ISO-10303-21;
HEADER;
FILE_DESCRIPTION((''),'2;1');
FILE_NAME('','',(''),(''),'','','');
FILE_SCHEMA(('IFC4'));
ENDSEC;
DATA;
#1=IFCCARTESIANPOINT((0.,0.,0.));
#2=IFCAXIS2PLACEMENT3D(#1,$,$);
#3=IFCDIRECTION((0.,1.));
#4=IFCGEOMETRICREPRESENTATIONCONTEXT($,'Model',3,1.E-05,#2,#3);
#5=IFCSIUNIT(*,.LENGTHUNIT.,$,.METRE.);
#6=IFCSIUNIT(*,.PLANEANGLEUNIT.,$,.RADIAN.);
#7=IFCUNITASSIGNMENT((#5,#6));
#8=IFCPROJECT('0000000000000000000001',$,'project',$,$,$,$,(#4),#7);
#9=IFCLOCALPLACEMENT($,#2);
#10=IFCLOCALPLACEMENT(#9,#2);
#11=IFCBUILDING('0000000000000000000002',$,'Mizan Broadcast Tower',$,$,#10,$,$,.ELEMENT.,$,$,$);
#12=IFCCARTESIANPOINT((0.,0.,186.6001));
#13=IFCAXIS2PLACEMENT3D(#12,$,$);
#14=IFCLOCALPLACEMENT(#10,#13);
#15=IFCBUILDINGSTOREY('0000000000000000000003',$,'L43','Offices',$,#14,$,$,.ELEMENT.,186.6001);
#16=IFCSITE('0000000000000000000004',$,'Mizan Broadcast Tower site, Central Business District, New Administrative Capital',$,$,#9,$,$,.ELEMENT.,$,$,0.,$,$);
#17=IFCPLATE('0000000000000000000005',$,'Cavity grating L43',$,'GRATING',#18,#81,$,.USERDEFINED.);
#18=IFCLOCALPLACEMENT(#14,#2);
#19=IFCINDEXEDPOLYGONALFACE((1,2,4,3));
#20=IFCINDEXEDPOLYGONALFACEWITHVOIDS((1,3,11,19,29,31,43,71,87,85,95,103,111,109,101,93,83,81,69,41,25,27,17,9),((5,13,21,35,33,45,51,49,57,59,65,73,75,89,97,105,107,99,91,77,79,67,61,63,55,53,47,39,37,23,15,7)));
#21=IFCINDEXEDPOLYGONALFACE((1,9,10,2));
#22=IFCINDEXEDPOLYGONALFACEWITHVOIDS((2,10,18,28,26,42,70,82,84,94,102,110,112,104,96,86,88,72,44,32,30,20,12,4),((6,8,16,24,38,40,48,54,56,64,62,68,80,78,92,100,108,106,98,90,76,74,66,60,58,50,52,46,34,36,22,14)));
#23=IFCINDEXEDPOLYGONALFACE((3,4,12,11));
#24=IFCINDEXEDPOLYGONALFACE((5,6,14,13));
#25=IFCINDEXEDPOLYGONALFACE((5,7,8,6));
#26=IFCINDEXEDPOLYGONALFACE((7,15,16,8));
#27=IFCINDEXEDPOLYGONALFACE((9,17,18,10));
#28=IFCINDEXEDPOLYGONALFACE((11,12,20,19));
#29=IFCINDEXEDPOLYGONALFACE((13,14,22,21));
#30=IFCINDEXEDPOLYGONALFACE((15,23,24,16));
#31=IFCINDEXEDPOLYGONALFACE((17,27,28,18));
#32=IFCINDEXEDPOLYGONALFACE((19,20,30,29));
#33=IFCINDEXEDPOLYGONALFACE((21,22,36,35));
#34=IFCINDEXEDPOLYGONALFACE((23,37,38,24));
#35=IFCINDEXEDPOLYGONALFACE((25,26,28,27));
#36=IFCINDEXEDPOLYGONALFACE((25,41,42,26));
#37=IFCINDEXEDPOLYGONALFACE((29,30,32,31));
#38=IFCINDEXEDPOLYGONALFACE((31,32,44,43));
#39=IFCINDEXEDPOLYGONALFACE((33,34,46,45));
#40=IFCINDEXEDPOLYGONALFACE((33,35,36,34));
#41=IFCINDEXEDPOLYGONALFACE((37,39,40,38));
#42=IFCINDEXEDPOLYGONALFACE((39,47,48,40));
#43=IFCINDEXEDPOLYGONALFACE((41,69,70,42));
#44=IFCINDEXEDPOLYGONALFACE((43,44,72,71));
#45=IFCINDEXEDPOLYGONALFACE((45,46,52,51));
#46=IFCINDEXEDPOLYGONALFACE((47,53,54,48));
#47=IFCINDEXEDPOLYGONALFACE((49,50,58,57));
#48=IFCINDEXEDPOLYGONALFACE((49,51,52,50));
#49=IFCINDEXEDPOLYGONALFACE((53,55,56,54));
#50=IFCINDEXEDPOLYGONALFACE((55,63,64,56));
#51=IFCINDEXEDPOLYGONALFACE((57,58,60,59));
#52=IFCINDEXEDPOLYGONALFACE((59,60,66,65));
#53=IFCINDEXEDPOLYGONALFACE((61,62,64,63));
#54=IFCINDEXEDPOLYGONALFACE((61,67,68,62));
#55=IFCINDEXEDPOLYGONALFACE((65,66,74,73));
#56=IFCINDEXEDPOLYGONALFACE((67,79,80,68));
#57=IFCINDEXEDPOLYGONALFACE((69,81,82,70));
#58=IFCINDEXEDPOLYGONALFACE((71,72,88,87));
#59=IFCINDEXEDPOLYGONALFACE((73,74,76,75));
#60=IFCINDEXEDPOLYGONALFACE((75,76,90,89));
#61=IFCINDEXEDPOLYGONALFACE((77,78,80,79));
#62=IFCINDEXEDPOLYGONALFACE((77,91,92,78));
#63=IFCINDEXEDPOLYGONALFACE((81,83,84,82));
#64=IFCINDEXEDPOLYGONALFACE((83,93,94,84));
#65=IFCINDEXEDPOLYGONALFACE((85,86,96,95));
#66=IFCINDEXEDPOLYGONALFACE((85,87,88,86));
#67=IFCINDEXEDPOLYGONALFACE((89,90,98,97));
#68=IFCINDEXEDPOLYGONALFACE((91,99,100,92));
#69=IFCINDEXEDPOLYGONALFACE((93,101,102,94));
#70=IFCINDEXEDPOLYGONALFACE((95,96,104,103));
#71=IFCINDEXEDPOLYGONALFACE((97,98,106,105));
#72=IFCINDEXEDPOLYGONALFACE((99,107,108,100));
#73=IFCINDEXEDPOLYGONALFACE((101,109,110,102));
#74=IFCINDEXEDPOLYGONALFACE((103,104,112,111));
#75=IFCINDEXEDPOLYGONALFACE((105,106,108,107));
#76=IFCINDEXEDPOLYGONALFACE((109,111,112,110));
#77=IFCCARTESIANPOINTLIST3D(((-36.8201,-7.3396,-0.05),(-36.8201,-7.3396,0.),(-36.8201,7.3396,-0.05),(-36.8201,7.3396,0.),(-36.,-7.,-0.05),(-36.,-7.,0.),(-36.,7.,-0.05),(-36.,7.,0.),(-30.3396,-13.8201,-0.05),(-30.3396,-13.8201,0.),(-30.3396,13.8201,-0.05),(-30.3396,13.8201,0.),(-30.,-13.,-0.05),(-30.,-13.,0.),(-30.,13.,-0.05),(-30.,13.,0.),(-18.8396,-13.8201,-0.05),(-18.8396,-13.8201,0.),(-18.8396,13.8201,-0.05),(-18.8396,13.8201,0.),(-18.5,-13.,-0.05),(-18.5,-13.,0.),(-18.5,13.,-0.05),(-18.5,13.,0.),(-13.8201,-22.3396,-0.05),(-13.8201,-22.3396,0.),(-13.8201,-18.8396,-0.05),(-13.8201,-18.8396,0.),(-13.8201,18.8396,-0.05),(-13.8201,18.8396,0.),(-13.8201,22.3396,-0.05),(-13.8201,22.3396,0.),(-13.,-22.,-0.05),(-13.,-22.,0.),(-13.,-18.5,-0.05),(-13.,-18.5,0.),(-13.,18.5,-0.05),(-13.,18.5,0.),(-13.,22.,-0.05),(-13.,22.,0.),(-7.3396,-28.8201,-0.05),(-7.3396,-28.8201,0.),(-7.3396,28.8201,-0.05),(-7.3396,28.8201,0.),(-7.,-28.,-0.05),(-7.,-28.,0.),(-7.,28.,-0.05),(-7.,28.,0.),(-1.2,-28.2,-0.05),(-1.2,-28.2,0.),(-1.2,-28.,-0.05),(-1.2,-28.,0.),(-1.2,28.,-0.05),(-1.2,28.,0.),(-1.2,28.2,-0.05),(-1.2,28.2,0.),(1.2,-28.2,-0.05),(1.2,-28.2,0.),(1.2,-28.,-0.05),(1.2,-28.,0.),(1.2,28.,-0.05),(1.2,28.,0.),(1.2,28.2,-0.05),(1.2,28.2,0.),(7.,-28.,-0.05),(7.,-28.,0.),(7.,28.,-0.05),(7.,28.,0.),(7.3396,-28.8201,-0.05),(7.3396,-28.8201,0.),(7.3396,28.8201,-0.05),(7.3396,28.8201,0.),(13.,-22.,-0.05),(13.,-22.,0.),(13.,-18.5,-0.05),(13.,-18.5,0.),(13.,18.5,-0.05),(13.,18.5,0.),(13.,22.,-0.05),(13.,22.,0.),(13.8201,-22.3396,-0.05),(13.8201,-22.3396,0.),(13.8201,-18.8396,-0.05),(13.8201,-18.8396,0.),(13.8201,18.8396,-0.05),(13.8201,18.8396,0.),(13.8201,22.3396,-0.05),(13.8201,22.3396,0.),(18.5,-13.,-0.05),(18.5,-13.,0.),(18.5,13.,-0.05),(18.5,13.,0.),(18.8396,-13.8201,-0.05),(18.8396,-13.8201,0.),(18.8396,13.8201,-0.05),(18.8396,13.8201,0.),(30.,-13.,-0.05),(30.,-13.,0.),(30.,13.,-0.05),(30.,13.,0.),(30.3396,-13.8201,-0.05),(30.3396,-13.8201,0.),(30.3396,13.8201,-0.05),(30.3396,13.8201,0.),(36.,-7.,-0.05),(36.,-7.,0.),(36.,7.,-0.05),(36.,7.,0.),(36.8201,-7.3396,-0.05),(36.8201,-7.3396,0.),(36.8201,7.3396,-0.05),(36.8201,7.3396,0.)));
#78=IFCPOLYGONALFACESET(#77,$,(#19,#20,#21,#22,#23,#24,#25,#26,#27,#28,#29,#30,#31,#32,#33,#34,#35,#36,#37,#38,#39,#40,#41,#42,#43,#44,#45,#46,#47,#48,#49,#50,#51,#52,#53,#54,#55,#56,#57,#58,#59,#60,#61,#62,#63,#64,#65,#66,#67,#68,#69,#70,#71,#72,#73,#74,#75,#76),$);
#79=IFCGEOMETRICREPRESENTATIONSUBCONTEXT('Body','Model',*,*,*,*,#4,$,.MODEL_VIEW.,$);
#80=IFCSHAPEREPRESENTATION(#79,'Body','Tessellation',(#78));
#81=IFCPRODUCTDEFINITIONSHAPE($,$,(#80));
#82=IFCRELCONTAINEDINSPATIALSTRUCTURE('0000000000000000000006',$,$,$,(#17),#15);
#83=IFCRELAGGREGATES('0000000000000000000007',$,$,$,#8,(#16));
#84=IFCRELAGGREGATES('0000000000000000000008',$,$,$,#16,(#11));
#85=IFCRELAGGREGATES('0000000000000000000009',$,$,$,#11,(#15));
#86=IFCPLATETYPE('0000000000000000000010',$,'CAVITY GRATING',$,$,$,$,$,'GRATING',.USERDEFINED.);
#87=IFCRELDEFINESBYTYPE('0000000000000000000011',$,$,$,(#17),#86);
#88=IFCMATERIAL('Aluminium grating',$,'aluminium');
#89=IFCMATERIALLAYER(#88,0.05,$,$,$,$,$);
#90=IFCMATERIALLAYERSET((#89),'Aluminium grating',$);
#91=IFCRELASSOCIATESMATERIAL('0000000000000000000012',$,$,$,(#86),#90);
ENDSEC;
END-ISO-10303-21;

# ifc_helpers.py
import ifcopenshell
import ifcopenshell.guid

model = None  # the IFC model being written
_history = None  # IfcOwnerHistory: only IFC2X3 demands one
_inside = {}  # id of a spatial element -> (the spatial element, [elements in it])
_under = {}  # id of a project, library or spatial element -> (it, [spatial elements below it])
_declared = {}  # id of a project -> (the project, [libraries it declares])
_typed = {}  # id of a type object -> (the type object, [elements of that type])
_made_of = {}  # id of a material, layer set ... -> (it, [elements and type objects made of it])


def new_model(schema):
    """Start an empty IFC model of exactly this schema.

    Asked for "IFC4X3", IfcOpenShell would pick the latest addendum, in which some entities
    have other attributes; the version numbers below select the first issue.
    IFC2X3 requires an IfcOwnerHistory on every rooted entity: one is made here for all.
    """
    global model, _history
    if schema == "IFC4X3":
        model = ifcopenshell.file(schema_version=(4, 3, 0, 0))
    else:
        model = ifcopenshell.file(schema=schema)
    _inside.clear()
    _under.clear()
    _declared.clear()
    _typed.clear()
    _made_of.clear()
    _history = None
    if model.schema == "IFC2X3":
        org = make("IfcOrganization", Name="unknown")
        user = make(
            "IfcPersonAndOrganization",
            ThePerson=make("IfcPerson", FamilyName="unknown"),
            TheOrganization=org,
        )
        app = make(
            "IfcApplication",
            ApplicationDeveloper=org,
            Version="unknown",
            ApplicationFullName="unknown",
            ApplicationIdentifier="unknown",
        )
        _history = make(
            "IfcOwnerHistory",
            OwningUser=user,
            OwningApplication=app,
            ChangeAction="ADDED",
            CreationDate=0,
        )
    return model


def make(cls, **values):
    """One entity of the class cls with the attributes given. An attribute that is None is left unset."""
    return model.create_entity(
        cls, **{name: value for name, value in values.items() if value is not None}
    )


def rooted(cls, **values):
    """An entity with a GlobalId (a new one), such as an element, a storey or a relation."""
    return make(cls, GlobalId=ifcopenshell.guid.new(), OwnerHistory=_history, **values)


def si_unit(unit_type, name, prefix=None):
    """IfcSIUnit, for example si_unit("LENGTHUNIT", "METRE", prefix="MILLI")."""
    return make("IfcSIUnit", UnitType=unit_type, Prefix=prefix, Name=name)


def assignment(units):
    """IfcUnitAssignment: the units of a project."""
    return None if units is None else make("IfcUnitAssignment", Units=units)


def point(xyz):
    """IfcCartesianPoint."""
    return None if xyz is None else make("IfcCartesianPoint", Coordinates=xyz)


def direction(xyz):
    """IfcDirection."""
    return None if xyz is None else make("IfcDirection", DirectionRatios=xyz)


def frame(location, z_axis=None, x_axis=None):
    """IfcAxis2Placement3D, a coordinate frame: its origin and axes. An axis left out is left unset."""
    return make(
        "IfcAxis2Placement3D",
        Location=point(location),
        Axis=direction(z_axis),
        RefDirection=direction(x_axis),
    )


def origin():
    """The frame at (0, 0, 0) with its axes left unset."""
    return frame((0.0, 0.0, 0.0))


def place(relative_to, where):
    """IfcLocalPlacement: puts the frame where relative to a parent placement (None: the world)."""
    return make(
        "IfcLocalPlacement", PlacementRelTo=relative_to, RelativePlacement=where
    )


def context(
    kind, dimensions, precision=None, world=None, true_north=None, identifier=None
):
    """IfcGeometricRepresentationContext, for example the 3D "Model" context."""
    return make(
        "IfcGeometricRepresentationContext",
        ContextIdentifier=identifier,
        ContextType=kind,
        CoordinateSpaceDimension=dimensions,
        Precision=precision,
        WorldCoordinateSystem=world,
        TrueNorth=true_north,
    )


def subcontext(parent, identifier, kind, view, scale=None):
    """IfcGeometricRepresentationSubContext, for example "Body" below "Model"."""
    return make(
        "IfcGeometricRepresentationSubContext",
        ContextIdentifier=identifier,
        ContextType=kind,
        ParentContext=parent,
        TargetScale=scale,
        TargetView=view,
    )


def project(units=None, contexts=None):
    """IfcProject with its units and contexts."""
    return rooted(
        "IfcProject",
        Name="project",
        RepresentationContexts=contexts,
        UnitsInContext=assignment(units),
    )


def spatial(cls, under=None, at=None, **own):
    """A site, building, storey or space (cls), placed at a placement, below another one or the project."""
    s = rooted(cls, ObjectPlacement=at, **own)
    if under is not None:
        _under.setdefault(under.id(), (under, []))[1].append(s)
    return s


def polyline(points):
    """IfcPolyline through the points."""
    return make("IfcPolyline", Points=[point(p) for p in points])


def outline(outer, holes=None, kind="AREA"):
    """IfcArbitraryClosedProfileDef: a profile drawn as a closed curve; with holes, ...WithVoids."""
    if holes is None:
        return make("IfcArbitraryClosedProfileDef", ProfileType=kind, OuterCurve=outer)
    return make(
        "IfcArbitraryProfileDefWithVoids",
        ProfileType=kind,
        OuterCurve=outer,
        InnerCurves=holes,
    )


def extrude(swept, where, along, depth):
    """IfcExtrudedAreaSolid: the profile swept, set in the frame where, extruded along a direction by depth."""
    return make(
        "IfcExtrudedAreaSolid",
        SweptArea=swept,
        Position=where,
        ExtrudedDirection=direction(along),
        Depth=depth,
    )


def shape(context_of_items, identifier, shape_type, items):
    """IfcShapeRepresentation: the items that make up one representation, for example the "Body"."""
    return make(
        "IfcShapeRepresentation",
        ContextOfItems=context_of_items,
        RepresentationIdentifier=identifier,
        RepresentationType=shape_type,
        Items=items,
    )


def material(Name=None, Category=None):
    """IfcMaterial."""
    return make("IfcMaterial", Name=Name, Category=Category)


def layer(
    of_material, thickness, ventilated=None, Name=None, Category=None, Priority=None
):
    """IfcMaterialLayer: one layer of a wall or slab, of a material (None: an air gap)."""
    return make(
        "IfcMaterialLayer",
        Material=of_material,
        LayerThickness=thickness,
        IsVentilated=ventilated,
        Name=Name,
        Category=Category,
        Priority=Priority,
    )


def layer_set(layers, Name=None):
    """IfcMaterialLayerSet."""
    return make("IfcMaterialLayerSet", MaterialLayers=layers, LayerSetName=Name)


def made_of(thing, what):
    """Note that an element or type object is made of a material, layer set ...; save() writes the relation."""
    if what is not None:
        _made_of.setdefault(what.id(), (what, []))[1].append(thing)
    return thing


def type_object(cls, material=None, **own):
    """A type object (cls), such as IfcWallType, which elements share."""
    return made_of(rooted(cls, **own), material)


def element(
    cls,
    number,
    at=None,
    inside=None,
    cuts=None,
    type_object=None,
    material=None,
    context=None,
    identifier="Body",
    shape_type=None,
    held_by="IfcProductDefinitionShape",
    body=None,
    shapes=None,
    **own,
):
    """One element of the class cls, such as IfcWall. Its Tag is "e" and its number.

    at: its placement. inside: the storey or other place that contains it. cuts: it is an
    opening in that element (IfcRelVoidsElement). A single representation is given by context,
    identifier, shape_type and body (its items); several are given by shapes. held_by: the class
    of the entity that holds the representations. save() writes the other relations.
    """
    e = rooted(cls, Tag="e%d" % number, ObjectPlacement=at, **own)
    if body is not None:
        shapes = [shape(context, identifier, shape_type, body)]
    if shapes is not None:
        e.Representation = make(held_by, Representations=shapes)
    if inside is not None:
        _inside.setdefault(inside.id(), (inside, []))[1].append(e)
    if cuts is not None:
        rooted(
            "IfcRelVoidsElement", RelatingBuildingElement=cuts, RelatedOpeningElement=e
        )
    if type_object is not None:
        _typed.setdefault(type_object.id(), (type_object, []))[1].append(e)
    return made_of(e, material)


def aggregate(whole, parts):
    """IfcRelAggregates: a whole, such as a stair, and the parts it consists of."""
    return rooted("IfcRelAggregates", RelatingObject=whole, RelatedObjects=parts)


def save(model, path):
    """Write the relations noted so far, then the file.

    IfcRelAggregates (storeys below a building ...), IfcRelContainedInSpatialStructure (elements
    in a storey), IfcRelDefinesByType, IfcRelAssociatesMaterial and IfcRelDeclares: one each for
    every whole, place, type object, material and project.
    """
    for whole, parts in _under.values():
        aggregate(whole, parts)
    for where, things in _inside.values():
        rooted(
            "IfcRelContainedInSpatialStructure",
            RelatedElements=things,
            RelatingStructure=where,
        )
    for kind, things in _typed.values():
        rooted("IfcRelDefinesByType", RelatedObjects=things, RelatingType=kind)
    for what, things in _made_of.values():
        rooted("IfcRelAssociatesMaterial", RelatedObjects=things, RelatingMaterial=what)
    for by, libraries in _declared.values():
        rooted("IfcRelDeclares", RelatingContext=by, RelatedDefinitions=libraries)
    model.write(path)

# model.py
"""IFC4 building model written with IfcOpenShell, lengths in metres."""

from ifc_helpers import new_model, si_unit, direction, frame, origin, place, context, subcontext, project, spatial, polyline, outline, extrude, material, layer, layer_set, type_object, element, save


model = new_model("IFC4")

# Units and contexts
model_context = context("Model", 3, precision=1e-05, world=origin(), true_north=direction((0.0, 1.0)))
body_context = subcontext(model_context, "Body", "Model", "MODEL_VIEW")
ifc_project = project(units=[si_unit("LENGTHUNIT", "METRE"), si_unit("PLANEANGLEUNIT", "RADIAN")], contexts=[model_context])

# Site, building, storey
site_placement = place(None, origin())
site = spatial("IfcSite", under=ifc_project, at=site_placement, Name="Mizan Broadcast Tower site, Central Business District, New Administrative Capital", CompositionType="ELEMENT", RefElevation=0.0)
building_placement = place(site_placement, origin())
building = spatial("IfcBuilding", under=site, at=building_placement, Name="Mizan Broadcast Tower", CompositionType="ELEMENT")
storey_placement = place(building_placement, frame((0.0, 0.0, 186.6001)))
storey = spatial("IfcBuildingStorey", under=building, at=storey_placement, Name="L43", Description="Offices", CompositionType="ELEMENT", Elevation=186.6001)

# Plate
ifc_material_1 = material(Name="Aluminium grating", Category="aluminium")
ifc_layer_1 = layer(ifc_material_1, 0.05)
ifc_layer_set_1 = layer_set([ifc_layer_1], Name="Aluminium grating")
plate_type = type_object("IfcPlateType", Name="CAVITY GRATING", ElementType="GRATING", PredefinedType="USERDEFINED", material=ifc_layer_set_1)
plate_placement = place(storey_placement, frame((0.0, 0.0, -0.05)))
element("IfcPlate", 1, at=plate_placement, inside=storey, type_object=plate_type, Name="Cavity grating L43", ObjectType="GRATING", PredefinedType="USERDEFINED", context=body_context, shape_type="SweptSolid", body=[
    extrude(outline(polyline([(13.8201, -18.8396), (18.8396, -13.8201), (30.3396, -13.8201), (36.8201, -7.3396), (36.8201, 7.3396), (30.3396, 13.8201), (18.8396, 13.8201), (13.8201, 18.8396), (13.8201, 22.3396), (7.3396, 28.8201), (-7.3396, 28.8201), (-13.8201, 22.3396), (-13.8201, 18.8396), (-18.8396, 13.8201), (-30.3396, 13.8201), (-36.8201, 7.3396), (-36.8201, -7.3396), (-30.3396, -13.8201), (-18.8396, -13.8201), (-13.8201, -18.8396), (-13.8201, -22.3396), (-7.3396, -28.8201), (7.3396, -28.8201), (13.8201, -22.3396), (13.8201, -18.8396)]), holes=[polyline([(36.0, 7.0), (36.0, -7.0), (30.0, -13.0), (18.5, -13.0), (13.0, -18.5), (13.0, -22.0), (7.0, -28.0), (1.2, -28.0), (1.2, -28.2), (-1.2, -28.2), (-1.2, -28.0), (-7.0, -28.0), (-13.0, -22.0), (-13.0, -18.5), (-18.5, -13.0), (-30.0, -13.0), (-36.0, -7.0), (-36.0, 7.0), (-30.0, 13.0), (-18.5, 13.0), (-13.0, 18.5), (-13.0, 22.0), (-7.0, 28.0), (-1.2, 28.0), (-1.2, 28.2), (1.2, 28.2), (1.2, 28.0), (7.0, 28.0), (13.0, 22.0), (13.0, 18.5), (18.5, 13.0), (30.0, 13.0), (36.0, 7.0)])]), origin(), (0.0, 0.0, 1.0), 0.05),
])

save(model, "model.ifc")
